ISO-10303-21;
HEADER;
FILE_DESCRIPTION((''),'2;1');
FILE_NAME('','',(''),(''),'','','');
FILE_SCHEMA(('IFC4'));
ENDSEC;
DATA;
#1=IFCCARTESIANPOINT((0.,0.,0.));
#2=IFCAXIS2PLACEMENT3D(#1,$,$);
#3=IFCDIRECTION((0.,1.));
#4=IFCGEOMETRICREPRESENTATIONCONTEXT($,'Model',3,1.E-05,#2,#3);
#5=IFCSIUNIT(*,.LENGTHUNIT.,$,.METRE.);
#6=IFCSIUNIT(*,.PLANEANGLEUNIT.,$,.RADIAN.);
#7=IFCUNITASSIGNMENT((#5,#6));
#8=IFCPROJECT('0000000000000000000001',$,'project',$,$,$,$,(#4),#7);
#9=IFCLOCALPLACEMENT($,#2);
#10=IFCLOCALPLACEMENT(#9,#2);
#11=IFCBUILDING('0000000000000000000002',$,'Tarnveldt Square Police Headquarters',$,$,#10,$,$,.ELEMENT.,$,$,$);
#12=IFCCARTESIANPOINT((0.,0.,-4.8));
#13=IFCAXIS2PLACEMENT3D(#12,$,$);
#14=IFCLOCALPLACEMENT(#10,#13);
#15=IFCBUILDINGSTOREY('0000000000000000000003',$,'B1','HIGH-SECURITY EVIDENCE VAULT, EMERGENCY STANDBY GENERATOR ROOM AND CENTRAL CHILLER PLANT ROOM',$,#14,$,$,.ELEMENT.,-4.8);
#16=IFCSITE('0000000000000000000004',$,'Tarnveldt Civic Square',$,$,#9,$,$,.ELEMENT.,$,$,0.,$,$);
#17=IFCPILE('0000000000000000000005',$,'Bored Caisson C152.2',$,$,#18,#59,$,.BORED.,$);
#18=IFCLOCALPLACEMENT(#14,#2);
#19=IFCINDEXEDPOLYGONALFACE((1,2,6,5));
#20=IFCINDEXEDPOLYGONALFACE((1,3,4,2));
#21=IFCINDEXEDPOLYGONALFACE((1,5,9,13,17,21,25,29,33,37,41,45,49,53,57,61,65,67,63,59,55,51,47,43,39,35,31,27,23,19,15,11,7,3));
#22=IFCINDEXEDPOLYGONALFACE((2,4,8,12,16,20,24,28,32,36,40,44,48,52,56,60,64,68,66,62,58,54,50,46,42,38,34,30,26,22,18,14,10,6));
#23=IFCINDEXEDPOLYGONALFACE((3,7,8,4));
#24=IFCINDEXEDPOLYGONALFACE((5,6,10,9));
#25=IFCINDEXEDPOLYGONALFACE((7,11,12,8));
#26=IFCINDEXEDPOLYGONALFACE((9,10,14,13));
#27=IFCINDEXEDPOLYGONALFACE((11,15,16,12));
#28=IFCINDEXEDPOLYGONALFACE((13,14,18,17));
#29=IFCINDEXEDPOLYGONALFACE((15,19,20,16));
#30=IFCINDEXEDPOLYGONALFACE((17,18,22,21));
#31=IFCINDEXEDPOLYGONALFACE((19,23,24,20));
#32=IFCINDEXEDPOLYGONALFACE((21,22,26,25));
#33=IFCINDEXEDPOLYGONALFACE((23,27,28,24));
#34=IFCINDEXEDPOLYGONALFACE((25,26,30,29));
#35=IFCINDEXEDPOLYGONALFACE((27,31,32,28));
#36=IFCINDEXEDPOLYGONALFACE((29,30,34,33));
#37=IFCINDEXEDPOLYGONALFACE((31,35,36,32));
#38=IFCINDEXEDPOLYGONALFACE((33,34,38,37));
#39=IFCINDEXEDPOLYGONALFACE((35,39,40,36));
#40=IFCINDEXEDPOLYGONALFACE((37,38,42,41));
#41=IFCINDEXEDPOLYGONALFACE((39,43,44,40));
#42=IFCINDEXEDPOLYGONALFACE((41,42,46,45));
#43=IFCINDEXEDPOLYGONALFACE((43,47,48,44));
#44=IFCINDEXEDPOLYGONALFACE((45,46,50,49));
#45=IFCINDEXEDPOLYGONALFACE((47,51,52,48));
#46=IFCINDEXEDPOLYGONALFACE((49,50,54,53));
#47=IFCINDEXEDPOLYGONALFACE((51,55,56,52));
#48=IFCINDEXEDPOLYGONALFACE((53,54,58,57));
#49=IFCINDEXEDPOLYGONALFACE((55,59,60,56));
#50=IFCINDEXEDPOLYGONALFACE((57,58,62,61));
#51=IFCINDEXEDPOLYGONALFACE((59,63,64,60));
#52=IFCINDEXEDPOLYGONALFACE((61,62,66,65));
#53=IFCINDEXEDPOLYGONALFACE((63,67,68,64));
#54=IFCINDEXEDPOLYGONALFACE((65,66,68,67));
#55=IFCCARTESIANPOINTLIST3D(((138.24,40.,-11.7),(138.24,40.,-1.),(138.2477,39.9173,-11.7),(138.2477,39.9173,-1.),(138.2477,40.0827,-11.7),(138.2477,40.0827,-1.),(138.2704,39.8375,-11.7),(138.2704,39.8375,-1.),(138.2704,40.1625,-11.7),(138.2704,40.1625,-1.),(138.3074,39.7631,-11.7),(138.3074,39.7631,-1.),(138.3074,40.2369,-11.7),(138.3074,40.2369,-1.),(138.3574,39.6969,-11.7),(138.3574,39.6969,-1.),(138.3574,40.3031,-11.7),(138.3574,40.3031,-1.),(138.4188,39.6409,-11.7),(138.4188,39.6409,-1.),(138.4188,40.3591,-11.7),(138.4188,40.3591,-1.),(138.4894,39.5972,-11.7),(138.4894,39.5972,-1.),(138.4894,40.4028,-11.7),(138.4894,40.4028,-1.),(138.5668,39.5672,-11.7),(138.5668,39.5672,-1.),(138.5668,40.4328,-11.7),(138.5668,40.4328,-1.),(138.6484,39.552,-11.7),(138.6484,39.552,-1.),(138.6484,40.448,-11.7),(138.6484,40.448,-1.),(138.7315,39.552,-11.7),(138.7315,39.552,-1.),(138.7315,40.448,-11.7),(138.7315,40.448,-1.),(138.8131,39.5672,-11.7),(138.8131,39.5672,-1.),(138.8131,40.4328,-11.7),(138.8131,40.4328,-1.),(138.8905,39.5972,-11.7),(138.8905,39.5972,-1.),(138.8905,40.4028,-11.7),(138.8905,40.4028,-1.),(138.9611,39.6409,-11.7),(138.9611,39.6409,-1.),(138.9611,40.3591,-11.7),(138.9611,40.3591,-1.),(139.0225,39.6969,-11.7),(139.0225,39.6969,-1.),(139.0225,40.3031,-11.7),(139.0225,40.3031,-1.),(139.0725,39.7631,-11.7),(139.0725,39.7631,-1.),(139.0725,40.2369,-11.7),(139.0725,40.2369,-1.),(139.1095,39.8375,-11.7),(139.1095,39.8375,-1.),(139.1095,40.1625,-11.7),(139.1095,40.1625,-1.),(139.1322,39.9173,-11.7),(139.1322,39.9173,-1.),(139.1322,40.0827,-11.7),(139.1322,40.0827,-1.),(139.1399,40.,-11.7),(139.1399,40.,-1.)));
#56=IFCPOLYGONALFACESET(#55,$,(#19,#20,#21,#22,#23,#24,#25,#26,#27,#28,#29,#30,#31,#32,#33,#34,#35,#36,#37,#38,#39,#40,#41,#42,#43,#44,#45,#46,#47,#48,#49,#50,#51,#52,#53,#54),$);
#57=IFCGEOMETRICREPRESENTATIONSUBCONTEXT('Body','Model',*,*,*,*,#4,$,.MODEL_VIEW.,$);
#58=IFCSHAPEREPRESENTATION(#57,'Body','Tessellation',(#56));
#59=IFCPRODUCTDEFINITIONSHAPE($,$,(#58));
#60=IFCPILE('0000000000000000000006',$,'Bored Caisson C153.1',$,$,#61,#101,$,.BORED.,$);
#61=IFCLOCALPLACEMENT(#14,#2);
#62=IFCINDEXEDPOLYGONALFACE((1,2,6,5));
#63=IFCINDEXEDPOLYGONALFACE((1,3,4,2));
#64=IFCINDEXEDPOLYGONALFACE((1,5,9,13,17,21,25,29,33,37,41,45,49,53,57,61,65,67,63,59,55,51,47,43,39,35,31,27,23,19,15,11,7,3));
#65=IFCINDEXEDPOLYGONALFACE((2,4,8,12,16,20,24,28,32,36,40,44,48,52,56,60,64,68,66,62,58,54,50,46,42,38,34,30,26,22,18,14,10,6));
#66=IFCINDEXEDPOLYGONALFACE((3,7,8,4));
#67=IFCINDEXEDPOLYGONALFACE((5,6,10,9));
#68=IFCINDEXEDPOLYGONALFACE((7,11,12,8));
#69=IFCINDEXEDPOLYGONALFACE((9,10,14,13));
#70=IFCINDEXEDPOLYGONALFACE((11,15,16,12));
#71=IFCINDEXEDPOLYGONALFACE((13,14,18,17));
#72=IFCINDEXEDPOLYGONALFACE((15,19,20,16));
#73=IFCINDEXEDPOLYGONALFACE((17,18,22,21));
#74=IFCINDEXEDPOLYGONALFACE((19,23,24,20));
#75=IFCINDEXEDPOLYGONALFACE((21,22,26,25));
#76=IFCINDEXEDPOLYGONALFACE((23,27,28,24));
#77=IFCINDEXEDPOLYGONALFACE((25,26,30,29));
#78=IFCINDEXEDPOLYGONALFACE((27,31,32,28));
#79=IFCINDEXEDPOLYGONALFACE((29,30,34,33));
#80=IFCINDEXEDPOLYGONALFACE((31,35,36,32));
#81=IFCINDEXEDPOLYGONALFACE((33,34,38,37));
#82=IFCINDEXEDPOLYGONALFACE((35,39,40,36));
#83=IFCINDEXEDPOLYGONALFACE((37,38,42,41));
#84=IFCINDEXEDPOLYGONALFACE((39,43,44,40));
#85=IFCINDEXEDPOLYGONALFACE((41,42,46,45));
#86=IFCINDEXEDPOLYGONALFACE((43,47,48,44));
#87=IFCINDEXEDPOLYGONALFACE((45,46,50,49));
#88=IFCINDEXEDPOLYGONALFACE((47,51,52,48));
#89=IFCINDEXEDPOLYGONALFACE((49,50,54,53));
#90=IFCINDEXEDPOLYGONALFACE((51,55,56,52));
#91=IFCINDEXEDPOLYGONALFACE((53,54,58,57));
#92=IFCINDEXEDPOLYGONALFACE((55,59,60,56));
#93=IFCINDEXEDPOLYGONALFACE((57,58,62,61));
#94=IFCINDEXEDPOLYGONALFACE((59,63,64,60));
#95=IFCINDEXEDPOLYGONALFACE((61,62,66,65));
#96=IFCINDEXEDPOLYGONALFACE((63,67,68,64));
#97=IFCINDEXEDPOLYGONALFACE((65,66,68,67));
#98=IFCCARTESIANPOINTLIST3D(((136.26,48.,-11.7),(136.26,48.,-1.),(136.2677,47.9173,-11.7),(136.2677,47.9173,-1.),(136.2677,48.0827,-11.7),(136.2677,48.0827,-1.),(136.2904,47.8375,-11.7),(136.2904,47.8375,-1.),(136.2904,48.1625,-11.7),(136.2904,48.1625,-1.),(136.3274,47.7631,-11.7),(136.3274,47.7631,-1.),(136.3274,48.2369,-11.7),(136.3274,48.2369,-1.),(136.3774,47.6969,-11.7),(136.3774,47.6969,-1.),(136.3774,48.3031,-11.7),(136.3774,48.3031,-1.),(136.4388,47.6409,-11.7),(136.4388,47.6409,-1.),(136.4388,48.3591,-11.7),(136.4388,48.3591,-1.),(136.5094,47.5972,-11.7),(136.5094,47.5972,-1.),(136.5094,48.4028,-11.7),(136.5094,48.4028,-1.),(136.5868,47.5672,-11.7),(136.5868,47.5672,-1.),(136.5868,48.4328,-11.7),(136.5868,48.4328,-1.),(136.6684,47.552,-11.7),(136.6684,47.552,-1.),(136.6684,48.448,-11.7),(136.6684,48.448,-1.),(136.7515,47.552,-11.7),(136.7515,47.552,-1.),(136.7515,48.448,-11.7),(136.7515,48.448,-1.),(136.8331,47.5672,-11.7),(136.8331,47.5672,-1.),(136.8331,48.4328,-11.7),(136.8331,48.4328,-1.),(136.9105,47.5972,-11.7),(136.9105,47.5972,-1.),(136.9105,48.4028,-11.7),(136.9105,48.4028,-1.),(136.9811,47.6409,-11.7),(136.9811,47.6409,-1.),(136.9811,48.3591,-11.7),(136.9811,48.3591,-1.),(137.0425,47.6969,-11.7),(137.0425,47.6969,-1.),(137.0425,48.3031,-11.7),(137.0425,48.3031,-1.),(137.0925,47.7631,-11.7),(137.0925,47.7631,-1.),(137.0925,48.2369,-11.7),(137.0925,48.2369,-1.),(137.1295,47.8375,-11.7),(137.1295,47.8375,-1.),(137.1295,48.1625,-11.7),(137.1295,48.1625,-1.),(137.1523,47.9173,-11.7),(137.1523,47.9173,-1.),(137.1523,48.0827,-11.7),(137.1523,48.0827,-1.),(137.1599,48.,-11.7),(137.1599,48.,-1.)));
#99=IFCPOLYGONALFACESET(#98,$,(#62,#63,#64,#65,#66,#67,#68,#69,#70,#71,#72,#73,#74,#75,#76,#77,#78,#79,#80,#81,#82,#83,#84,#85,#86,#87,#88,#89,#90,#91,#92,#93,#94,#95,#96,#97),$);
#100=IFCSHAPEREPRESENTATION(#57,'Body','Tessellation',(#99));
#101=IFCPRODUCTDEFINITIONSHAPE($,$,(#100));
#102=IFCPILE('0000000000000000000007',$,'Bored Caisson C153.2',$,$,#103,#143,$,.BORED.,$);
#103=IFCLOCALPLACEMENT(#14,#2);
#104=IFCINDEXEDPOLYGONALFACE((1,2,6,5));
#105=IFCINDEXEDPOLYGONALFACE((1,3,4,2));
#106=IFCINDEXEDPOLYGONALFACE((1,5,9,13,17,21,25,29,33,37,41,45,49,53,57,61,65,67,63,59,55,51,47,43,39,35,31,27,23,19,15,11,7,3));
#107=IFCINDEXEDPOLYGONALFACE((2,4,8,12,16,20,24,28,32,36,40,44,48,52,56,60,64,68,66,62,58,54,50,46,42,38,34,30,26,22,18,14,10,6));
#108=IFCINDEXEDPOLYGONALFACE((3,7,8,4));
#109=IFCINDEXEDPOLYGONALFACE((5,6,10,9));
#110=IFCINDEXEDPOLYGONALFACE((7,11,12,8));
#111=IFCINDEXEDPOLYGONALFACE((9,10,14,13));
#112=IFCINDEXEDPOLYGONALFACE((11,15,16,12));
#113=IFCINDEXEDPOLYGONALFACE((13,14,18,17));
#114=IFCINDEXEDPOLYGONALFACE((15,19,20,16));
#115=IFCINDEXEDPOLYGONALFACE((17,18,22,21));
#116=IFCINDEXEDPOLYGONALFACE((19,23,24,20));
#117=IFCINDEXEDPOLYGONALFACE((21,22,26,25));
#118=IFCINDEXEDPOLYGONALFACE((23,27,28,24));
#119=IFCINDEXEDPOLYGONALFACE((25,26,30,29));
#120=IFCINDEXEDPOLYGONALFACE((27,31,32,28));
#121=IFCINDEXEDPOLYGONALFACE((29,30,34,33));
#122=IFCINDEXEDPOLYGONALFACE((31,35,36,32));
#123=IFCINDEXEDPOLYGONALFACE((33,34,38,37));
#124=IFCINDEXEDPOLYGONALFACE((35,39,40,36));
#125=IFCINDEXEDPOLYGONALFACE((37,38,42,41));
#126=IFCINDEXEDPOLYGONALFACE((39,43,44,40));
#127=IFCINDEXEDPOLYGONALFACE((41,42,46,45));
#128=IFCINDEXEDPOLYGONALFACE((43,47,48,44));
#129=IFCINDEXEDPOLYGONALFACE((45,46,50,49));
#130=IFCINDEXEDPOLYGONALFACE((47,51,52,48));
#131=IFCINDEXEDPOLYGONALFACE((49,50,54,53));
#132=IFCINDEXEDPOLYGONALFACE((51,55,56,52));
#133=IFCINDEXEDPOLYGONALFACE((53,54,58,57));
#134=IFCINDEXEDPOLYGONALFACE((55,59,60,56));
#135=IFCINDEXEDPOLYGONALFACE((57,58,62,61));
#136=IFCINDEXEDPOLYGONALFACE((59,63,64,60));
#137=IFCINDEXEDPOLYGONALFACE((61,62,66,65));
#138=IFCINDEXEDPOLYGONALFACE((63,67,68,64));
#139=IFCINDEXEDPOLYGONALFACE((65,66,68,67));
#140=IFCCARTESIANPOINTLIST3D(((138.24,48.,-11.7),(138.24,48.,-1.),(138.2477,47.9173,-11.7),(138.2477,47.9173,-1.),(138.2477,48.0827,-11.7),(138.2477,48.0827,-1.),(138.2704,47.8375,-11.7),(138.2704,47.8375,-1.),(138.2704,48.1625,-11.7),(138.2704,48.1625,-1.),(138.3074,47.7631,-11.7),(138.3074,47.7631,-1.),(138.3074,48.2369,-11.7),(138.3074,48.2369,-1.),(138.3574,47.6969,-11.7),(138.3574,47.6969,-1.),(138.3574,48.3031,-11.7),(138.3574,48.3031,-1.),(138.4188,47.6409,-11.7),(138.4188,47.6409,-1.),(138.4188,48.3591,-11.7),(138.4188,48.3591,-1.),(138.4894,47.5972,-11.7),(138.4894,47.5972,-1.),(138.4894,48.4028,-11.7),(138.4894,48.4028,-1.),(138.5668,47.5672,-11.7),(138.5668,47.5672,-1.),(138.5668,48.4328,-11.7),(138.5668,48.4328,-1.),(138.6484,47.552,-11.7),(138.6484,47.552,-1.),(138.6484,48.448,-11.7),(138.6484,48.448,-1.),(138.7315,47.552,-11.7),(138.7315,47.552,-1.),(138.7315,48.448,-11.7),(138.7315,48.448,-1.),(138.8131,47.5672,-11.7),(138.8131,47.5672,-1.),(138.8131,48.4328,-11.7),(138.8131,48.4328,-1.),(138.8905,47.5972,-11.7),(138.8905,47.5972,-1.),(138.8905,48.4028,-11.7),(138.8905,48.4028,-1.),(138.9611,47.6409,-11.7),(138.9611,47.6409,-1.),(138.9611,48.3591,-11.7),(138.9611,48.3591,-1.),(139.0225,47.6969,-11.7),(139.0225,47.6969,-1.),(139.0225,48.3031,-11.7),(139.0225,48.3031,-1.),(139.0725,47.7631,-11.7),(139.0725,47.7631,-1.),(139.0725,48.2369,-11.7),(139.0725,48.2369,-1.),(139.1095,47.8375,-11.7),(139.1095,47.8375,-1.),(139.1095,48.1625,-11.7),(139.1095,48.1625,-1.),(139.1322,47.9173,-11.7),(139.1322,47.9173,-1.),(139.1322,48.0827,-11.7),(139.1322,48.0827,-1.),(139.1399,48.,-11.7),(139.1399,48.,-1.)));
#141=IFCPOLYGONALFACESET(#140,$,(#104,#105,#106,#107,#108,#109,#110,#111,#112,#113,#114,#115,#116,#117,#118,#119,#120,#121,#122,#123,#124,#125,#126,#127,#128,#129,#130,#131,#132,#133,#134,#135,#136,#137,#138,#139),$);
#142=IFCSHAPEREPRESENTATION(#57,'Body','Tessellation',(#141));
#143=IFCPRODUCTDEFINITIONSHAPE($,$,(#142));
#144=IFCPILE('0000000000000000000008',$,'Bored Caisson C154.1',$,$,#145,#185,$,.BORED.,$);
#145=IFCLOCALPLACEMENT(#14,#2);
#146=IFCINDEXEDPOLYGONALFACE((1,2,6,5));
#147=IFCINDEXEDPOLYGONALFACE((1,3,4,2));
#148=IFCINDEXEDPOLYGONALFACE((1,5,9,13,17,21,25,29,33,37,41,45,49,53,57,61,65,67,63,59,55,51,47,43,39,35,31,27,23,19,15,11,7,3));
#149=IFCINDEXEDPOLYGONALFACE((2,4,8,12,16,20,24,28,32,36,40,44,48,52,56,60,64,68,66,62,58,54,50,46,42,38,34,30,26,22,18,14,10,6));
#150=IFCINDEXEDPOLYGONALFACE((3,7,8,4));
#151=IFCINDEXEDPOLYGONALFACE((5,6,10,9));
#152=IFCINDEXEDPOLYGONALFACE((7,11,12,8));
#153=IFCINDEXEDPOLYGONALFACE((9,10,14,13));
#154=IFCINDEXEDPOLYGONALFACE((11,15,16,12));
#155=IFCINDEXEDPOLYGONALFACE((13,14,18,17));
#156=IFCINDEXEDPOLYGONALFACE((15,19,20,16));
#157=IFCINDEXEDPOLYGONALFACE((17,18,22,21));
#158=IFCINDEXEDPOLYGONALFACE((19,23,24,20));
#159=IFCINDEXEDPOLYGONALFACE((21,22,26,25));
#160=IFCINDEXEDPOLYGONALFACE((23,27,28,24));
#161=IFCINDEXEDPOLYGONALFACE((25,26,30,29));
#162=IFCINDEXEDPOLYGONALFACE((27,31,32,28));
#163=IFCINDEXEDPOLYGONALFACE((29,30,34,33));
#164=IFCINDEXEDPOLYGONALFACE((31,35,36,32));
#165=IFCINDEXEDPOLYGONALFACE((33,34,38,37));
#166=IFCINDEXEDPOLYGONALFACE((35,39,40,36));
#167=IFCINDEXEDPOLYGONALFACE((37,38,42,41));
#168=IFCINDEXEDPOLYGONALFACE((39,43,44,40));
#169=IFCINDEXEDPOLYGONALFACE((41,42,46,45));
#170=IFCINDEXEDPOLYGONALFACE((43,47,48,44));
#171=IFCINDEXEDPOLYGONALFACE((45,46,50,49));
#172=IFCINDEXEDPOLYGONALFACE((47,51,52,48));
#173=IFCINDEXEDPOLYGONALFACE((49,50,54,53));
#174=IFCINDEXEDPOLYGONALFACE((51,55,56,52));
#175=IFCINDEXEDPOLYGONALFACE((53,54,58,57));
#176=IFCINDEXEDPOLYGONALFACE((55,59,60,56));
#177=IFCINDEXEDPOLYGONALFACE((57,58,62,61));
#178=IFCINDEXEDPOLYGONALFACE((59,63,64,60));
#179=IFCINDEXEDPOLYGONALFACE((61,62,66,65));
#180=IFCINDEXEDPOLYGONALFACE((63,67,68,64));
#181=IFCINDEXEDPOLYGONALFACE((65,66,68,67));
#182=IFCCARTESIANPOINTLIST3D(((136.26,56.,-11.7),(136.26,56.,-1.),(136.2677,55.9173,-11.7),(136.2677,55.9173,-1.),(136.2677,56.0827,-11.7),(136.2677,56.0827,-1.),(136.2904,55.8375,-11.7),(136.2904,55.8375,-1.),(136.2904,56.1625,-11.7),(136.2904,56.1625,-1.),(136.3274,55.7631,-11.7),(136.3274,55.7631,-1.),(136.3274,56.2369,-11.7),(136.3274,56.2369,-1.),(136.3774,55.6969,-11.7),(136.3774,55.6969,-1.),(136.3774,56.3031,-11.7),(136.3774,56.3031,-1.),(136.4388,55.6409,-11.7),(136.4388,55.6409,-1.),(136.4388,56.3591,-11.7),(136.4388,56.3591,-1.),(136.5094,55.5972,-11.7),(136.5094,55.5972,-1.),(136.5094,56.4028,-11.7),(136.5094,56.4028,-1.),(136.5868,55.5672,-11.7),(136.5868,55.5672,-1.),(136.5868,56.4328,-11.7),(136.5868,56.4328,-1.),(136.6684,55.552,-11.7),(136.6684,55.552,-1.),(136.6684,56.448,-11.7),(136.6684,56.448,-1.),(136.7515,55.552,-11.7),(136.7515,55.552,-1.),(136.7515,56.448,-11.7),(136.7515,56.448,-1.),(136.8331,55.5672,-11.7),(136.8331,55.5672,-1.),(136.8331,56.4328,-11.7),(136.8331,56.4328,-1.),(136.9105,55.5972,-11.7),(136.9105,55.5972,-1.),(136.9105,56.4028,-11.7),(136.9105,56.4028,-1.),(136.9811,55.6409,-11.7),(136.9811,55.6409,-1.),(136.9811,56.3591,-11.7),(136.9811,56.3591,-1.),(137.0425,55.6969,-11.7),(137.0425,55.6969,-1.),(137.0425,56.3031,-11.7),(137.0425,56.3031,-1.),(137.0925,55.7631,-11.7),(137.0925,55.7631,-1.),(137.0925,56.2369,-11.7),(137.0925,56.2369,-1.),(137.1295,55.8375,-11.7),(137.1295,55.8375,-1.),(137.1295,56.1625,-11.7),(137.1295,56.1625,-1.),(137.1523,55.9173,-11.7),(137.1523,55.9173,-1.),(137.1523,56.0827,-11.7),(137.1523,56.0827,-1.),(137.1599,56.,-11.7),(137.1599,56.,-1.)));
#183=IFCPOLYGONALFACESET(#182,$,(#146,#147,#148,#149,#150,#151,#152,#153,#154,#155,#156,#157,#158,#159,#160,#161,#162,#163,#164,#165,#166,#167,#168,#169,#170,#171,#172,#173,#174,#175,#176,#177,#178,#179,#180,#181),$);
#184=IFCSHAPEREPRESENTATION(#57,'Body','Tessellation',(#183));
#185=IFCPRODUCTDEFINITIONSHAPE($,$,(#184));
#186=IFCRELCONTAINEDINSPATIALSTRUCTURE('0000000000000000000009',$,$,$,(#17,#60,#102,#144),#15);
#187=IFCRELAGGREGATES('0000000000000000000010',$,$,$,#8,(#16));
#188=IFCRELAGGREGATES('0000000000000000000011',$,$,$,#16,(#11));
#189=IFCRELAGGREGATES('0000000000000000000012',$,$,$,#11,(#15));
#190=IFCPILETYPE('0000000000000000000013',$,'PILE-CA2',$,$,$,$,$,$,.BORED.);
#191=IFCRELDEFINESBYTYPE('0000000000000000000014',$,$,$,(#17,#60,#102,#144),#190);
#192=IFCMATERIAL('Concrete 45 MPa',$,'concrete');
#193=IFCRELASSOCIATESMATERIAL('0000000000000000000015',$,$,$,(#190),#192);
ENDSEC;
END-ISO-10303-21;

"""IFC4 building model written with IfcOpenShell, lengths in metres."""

from ifc_helpers import new_model, si_unit, direction, frame, origin, origin_2d, place, context, subcontext, project, spatial, circle, extrude, material, material_profile, profile_set, type_object, element, save


model = new_model("IFC4")

# Units and contexts
model_context = context("Model", 3, precision=1e-05, world=origin(), true_north=direction((0.0, 1.0)))
body_context = subcontext(model_context, "Body", "Model", "MODEL_VIEW")
ifc_project = project(units=[si_unit("LENGTHUNIT", "METRE"), si_unit("PLANEANGLEUNIT", "RADIAN")], contexts=[model_context])

# Site, building, storey
site_placement = place(None, origin())
site = spatial("IfcSite", under=ifc_project, at=site_placement, Name="Tarnveldt Civic Square", CompositionType="ELEMENT", RefElevation=0.0)
building_placement = place(site_placement, origin())
building = spatial("IfcBuilding", under=site, at=building_placement, Name="Tarnveldt Square Police Headquarters", CompositionType="ELEMENT")
storey_placement = place(building_placement, frame((0.0, 0.0, -4.8)))
storey = spatial("IfcBuildingStorey", under=building, at=storey_placement, Name="B1", Description="HIGH-SECURITY EVIDENCE VAULT, EMERGENCY STANDBY GENERATOR ROOM AND CENTRAL CHILLER PLANT ROOM", CompositionType="ELEMENT", Elevation=-4.8)

# Shared definitions
ifc_material_1 = material(Name="Concrete 45 MPa", Category="concrete")

# Piles
ifc_material_profile_1 = material_profile(ifc_material_1, circle(Radius=0.45, at=origin_2d()), Name="CAISSON-D900")
ifc_profile_set_1 = profile_set([ifc_material_profile_1], Name="Concrete 45 MPa")
pile_type = type_object("IfcPileType", Name="PILE-CA2", PredefinedType="BORED", material=ifc_profile_set_1)
for number, where, z_axis, x_axis, name in (
    (1, (138.6899, 40.0, -1.0), (0.0, 0.0, -1.0), (1.0, 0.0, 0.0), "Bored Caisson C152.2"),
    (2, (136.71, 48.0, -1.0), (0.0, 0.0, -1.0), (1.0, 0.0, 0.0), "Bored Caisson C153.1"),
    (3, (138.6899, 48.0, -1.0), (0.0, 0.0, -1.0), (1.0, 0.0, 0.0), "Bored Caisson C153.2"),
    (4, (136.71, 56.0, -1.0), (0.0, 0.0, -1.0), (1.0, 0.0, 0.0), "Bored Caisson C154.1"),
):
    element("IfcPile", number, at=place(storey_placement, frame(where, z_axis=z_axis, x_axis=x_axis)), inside=storey, type_object=pile_type, Name=name, PredefinedType="BORED", context=body_context, shape_type="SweptSolid", body=[
        extrude(circle(Radius=0.45, at=origin_2d()), origin(), (0.0, 0.0, 1.0), 10.7),
    ])

save(model, "model.ifc")
